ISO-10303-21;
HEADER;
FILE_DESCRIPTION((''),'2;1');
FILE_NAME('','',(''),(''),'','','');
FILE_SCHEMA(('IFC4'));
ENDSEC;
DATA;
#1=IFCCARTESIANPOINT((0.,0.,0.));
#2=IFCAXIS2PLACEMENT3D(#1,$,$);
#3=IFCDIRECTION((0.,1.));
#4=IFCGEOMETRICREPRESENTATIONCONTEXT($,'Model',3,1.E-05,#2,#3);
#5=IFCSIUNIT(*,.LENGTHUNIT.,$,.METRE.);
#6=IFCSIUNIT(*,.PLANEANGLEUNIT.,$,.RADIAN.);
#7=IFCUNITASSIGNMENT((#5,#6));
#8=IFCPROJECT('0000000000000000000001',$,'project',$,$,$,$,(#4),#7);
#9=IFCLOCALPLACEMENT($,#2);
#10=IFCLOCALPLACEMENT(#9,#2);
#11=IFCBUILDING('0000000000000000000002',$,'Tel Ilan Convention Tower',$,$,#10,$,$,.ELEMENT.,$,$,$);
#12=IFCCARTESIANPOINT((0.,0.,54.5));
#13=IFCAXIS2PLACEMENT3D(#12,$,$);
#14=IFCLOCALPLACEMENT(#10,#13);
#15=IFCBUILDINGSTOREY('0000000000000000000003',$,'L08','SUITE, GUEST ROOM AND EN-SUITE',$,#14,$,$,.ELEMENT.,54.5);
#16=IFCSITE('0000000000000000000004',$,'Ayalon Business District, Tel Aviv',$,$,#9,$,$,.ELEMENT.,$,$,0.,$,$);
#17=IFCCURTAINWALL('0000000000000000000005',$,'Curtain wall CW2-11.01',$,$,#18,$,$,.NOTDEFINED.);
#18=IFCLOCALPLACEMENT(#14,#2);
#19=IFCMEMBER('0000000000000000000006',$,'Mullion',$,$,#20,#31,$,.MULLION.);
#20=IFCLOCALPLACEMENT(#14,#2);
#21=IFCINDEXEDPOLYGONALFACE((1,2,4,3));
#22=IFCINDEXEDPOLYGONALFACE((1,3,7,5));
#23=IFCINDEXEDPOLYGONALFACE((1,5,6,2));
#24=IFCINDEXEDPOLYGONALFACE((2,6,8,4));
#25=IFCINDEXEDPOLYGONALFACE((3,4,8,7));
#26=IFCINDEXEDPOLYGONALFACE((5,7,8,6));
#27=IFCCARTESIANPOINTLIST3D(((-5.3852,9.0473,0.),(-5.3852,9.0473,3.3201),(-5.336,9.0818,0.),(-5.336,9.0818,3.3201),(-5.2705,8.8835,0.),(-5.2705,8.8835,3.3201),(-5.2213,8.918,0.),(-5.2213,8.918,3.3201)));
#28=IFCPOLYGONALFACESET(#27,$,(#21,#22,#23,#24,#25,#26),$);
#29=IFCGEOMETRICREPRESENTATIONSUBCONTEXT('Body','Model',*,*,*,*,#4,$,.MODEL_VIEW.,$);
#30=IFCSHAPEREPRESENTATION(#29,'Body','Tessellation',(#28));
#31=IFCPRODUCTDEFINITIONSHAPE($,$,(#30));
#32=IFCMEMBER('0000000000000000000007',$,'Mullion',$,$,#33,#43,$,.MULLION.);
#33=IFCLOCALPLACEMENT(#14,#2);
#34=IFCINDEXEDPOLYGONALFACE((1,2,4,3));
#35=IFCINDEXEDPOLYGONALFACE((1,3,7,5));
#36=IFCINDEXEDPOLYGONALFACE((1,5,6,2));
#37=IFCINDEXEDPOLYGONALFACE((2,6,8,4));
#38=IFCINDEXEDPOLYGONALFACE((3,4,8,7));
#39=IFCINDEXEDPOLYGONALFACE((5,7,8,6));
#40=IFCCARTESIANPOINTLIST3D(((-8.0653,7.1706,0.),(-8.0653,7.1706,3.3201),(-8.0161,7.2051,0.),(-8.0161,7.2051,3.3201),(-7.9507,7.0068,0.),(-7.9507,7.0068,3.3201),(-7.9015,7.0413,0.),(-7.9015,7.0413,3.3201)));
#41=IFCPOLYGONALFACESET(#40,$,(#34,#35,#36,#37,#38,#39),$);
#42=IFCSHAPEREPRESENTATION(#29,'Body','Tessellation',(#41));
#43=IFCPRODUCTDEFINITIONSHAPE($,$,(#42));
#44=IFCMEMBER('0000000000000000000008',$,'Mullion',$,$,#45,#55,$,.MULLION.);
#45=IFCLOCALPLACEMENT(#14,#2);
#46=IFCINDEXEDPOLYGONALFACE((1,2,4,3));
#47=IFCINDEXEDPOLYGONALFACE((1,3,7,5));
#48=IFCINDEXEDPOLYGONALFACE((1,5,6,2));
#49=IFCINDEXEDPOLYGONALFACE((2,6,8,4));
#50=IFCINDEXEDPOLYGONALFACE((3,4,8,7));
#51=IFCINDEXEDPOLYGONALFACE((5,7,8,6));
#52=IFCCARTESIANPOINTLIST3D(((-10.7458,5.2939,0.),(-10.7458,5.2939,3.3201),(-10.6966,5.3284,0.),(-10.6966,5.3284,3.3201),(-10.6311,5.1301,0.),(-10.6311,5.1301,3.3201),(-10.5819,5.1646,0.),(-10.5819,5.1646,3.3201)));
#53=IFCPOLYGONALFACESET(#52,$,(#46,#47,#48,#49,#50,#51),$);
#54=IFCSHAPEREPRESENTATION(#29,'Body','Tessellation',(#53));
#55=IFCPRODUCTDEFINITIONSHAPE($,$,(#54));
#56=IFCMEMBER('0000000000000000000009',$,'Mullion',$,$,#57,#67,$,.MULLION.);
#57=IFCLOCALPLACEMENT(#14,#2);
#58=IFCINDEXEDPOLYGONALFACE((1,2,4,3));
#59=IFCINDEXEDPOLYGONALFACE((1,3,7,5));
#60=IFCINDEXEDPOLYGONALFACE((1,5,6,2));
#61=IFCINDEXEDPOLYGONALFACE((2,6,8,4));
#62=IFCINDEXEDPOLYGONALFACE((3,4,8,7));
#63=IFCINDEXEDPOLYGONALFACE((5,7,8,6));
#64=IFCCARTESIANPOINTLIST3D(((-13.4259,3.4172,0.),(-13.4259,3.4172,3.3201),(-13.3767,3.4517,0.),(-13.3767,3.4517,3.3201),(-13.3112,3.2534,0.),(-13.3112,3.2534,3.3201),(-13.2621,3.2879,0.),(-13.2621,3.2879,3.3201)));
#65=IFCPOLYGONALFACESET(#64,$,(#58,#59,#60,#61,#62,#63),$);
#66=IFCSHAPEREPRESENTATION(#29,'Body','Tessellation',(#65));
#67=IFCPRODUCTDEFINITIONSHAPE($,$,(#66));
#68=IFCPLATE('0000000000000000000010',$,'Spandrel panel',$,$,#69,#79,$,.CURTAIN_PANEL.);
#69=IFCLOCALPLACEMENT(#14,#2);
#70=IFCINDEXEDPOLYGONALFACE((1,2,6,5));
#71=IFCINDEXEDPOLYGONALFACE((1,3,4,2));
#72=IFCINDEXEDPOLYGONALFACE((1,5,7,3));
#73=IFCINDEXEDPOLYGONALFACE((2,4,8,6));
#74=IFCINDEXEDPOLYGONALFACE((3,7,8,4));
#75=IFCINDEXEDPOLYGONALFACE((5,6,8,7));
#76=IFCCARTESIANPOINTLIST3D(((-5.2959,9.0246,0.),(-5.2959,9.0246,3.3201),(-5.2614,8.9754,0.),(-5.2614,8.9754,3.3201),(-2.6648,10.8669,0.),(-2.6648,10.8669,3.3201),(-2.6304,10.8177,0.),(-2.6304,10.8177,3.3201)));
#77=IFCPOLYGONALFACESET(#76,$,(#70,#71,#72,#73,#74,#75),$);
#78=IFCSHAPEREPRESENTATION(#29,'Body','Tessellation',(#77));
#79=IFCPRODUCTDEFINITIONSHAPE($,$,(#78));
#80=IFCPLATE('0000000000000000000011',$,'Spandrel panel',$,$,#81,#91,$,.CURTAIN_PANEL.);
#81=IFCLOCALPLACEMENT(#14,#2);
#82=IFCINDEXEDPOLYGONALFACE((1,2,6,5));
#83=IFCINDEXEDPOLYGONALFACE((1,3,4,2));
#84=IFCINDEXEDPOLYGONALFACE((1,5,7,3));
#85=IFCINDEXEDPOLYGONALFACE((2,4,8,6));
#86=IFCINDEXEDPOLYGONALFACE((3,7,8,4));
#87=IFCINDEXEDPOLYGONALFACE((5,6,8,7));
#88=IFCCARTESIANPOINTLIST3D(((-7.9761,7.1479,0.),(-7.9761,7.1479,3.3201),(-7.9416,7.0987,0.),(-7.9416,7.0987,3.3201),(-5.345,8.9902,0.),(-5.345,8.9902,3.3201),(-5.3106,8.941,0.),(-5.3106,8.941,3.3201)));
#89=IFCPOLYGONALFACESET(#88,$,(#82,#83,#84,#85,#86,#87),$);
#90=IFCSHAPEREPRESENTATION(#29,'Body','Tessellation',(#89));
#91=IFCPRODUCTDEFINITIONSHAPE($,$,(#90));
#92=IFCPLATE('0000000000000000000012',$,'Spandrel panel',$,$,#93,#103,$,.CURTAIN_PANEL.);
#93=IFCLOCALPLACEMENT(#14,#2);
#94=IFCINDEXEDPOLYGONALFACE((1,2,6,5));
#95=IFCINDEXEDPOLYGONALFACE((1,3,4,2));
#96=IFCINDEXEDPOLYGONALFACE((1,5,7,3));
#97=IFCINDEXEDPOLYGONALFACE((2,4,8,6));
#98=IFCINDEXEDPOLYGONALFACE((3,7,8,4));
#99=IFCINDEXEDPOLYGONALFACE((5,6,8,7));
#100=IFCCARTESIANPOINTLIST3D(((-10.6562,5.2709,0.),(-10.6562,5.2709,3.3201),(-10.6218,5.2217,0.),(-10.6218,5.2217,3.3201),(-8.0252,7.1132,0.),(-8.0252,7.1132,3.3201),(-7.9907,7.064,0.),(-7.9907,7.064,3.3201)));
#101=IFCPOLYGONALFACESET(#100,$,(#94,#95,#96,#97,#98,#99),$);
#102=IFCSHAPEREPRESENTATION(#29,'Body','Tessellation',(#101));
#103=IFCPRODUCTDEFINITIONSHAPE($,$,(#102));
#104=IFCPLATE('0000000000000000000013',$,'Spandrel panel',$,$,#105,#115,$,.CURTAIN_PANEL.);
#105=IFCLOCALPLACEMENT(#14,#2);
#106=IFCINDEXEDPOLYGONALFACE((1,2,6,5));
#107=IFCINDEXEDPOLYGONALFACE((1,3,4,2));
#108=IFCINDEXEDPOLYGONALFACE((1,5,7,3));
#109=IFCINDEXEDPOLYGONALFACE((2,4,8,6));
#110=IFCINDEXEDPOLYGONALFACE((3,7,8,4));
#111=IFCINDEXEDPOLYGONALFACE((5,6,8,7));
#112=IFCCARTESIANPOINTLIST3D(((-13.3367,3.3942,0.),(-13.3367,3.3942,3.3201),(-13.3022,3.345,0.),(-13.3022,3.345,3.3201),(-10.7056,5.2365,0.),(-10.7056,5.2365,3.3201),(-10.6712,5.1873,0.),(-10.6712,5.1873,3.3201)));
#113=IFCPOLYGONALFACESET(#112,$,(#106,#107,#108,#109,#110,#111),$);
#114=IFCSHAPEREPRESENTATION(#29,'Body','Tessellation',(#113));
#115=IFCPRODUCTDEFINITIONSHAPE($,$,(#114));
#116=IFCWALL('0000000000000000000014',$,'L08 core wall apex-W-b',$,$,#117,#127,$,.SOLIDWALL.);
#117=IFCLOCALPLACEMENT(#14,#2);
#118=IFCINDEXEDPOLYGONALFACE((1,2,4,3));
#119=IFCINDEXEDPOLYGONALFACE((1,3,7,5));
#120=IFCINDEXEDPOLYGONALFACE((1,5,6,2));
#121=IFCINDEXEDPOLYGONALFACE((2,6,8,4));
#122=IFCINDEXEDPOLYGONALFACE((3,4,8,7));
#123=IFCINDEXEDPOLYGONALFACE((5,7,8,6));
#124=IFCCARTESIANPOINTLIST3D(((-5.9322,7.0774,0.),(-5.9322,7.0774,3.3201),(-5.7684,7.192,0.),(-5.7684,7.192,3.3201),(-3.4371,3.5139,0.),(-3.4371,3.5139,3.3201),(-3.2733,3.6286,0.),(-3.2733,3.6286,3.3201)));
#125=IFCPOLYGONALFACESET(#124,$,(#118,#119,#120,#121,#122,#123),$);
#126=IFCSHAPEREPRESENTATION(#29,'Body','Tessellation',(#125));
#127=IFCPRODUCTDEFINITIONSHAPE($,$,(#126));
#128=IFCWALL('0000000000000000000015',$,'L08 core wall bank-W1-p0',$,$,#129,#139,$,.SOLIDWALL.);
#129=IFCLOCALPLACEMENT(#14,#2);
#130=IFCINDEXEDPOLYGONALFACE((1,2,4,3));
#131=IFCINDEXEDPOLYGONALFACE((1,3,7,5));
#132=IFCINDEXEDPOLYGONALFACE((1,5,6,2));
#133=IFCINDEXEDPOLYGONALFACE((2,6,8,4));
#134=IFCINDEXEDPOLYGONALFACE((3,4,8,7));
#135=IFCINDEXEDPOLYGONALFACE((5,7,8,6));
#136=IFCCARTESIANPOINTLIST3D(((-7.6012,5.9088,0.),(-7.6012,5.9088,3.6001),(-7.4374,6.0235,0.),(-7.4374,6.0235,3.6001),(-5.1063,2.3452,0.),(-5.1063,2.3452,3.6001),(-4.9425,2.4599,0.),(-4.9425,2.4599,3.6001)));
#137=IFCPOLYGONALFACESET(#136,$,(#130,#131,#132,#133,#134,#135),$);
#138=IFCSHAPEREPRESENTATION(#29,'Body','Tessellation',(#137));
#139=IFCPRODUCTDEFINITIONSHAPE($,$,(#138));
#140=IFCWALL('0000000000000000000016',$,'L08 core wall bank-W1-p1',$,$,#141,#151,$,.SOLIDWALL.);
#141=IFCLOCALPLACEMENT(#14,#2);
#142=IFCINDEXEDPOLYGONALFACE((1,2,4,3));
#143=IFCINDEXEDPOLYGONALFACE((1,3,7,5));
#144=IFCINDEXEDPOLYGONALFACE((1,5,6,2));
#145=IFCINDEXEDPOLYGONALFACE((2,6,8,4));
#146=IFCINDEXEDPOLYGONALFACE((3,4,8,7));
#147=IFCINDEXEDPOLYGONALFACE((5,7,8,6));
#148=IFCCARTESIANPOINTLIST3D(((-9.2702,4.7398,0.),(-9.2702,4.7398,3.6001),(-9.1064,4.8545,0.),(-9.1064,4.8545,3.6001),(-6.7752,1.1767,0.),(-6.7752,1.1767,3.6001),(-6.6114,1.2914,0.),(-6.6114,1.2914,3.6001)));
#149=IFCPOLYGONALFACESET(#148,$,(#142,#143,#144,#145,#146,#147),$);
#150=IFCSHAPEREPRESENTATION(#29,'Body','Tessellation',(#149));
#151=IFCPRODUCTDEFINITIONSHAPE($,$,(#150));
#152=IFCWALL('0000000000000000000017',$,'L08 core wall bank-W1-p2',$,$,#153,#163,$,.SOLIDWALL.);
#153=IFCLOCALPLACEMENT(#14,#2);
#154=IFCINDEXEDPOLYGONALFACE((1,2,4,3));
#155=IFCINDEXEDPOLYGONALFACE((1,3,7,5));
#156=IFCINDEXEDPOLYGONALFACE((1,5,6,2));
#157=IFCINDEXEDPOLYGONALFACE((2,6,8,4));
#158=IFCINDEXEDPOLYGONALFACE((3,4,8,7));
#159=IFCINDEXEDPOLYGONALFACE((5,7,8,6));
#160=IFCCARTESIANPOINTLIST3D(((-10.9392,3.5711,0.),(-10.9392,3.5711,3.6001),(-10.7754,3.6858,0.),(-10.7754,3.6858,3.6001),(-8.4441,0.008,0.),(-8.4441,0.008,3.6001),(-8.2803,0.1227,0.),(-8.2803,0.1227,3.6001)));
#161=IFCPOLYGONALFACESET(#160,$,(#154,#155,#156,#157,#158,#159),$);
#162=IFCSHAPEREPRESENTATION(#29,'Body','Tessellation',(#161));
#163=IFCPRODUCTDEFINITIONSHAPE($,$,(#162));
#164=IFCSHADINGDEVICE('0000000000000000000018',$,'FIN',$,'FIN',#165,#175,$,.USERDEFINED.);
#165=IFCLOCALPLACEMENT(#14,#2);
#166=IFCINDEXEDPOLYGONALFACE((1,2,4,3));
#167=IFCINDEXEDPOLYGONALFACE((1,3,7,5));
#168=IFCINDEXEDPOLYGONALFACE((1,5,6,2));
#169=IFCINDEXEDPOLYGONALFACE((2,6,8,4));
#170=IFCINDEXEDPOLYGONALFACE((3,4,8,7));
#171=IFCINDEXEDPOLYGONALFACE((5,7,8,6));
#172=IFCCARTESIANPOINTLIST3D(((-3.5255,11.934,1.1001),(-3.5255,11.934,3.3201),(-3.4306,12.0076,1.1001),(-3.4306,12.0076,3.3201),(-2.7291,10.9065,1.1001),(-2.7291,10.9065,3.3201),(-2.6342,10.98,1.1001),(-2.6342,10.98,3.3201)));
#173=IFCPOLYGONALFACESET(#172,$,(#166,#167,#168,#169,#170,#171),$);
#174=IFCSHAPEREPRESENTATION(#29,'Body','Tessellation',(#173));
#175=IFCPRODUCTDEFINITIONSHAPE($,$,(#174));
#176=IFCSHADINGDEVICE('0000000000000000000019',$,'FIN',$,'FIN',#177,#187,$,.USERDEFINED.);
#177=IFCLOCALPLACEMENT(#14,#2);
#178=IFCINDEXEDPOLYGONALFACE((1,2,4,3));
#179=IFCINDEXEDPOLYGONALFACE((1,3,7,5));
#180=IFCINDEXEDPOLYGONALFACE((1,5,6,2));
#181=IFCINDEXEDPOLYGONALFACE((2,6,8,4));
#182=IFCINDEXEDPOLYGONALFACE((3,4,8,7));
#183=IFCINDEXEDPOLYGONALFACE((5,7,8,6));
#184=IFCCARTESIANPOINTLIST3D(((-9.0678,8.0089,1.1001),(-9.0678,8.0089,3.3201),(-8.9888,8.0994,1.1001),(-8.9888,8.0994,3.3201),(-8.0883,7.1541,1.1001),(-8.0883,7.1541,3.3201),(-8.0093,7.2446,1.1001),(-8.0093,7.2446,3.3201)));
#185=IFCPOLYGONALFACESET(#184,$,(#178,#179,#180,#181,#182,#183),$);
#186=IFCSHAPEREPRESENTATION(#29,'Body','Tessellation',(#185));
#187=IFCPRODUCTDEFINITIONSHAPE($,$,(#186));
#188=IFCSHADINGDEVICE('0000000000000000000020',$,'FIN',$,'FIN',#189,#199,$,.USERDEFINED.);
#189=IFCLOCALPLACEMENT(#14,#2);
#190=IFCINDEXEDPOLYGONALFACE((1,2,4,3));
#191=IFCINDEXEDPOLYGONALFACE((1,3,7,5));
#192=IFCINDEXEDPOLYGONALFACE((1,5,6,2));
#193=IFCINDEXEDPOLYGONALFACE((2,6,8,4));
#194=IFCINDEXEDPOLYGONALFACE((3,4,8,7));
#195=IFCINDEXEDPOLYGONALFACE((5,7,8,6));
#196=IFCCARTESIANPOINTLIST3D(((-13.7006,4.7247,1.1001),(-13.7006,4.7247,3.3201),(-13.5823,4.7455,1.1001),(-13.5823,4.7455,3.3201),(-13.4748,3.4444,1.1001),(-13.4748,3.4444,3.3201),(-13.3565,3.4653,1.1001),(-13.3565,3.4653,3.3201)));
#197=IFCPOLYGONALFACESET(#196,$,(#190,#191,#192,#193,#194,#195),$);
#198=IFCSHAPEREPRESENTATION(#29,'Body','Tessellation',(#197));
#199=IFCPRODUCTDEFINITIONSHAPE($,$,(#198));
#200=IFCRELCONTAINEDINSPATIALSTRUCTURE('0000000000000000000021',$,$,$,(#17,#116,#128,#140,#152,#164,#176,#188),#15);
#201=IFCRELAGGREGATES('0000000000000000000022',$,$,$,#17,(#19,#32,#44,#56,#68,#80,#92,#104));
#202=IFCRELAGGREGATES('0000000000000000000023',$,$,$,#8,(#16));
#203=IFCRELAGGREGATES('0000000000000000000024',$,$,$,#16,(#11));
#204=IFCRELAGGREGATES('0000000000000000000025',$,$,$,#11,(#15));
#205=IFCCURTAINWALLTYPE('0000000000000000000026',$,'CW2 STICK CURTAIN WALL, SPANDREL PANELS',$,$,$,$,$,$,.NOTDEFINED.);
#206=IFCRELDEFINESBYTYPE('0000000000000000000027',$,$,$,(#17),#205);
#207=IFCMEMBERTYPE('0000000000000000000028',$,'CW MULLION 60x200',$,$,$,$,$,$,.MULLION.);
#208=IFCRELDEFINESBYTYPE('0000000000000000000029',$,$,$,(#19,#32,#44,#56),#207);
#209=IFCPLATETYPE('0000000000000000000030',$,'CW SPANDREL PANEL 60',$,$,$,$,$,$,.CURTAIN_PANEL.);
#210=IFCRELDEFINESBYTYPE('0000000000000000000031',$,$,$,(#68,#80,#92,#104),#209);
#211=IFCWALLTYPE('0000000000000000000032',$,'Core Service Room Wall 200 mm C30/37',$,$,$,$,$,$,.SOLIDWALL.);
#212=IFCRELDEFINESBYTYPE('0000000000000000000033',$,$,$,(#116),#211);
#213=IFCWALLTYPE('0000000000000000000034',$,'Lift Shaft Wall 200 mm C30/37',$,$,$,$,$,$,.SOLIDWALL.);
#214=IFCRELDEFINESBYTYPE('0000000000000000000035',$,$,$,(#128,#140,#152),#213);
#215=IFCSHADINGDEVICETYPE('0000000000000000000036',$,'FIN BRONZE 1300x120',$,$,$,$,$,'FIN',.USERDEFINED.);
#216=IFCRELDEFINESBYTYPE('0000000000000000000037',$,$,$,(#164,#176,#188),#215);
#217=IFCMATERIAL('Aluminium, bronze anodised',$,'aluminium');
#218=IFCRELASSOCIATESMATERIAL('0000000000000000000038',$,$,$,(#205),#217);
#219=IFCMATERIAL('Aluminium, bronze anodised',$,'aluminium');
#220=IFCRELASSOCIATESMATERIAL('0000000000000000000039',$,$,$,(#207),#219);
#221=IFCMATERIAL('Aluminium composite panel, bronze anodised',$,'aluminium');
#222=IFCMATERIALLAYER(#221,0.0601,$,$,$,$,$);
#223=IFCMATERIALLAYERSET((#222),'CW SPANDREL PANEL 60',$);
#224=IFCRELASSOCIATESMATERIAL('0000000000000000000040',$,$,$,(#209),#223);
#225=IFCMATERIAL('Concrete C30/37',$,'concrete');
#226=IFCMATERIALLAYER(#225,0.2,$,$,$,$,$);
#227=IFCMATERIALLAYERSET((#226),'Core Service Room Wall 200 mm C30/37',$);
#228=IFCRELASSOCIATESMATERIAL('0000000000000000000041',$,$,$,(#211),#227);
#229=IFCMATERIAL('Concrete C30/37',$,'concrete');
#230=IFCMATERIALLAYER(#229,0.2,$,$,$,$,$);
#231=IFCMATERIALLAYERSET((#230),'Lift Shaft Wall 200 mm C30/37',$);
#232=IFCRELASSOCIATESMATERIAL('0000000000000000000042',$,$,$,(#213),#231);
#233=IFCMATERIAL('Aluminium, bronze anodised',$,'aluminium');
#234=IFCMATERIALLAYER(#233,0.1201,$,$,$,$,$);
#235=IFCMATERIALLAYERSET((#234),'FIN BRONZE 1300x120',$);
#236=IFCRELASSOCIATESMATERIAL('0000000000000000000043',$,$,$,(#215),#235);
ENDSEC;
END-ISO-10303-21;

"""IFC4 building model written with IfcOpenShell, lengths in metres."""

from ifc_helpers import new_model, si_unit, direction, frame, frame_2d, origin, origin_2d, place, context, subcontext, project, spatial, rectangle, extrude, material, layer, layer_set, material_profile, profile_set, type_object, element, aggregate, save


model = new_model("IFC4")

# Units and contexts
model_context = context("Model", 3, precision=1e-05, world=origin(), true_north=direction((0.0, 1.0)))
body_context = subcontext(model_context, "Body", "Model", "MODEL_VIEW")
ifc_project = project(units=[si_unit("LENGTHUNIT", "METRE"), si_unit("PLANEANGLEUNIT", "RADIAN")], contexts=[model_context])

# Site, building, storey
site_placement = place(None, origin())
site = spatial("IfcSite", under=ifc_project, at=site_placement, Name="Ayalon Business District, Tel Aviv", CompositionType="ELEMENT", RefElevation=0.0)
building_placement = place(site_placement, origin())
building = spatial("IfcBuilding", under=site, at=building_placement, Name="Tel Ilan Convention Tower", CompositionType="ELEMENT")
storey_placement = place(building_placement, frame((0.0, 0.0, 54.5)))
storey = spatial("IfcBuildingStorey", under=building, at=storey_placement, Name="L08", Description="SUITE, GUEST ROOM AND EN-SUITE", CompositionType="ELEMENT", Elevation=54.5)

# Curtain wall, members, plates
ifc_material_1 = material(Name="Aluminium, bronze anodised", Category="aluminium")
curtain_wall_type = type_object("IfcCurtainWallType", Name="CW2 STICK CURTAIN WALL, SPANDREL PANELS", PredefinedType="NOTDEFINED", material=ifc_material_1)
curtain_wall_placement = place(storey_placement, origin())
curtain_wall = element("IfcCurtainWall", 1, at=curtain_wall_placement, inside=storey, type_object=curtain_wall_type, Name="Curtain wall CW2-11.01", PredefinedType="NOTDEFINED")
ifc_material_2 = material(Name="Aluminium, bronze anodised", Category="aluminium")
ifc_material_profile = material_profile(ifc_material_2, rectangle(XDim=0.0601, YDim=0.2, at=origin_2d()), Name="CW MULLION 60x200")
ifc_profile_set = profile_set([ifc_material_profile], Name="Aluminium, bronze anodised")
member_type = type_object("IfcMemberType", Name="CW MULLION 60x200", PredefinedType="MULLION", material=ifc_profile_set)
member_1_placement = place(storey_placement, frame((-5.3032, 8.9827, 0.0), z_axis=(0.0, 0.0, 1.0), x_axis=(-0.819152, -0.573576, 0.0)))
member_1 = element("IfcMember", 2, at=member_1_placement, type_object=member_type, Name="Mullion", PredefinedType="MULLION", context=body_context, shape_type="SweptSolid", body=[
    extrude(rectangle(XDim=0.0601, YDim=0.2, at=origin_2d()), origin(), (0.0, 0.0, 1.0), 3.3201),
])
member_2_placement = place(storey_placement, frame((-7.9834, 7.106, 0.0), z_axis=(0.0, 0.0, 1.0), x_axis=(-0.819152, -0.573576, 0.0)))
member_2 = element("IfcMember", 3, at=member_2_placement, type_object=member_type, Name="Mullion", PredefinedType="MULLION", context=body_context, shape_type="SweptSolid", body=[
    extrude(rectangle(XDim=0.0601, YDim=0.2, at=origin_2d()), origin(), (0.0, 0.0, 1.0), 3.3201),
])
member_3_placement = place(storey_placement, frame((-10.6638, 5.2292, 0.0), z_axis=(0.0, 0.0, 1.0), x_axis=(-0.819152, -0.573576, 0.0)))
member_3 = element("IfcMember", 4, at=member_3_placement, type_object=member_type, Name="Mullion", PredefinedType="MULLION", context=body_context, shape_type="SweptSolid", body=[
    extrude(rectangle(XDim=0.0601, YDim=0.2, at=origin_2d()), origin(), (0.0, 0.0, 1.0), 3.3201),
])
member_4_placement = place(storey_placement, frame((-13.344, 3.3525, 0.0), z_axis=(0.0, 0.0, 1.0), x_axis=(-0.819152, -0.573576, 0.0)))
member_4 = element("IfcMember", 5, at=member_4_placement, type_object=member_type, Name="Mullion", PredefinedType="MULLION", context=body_context, shape_type="SweptSolid", body=[
    extrude(rectangle(XDim=0.0601, YDim=0.2, at=origin_2d()), origin(), (0.0, 0.0, 1.0), 3.3201),
])
ifc_material_3 = material(Name="Aluminium composite panel, bronze anodised", Category="aluminium")
ifc_layer_1 = layer(ifc_material_3, 0.0601)
ifc_layer_set_1 = layer_set([ifc_layer_1], Name="CW SPANDREL PANEL 60")
plate_type = type_object("IfcPlateType", Name="CW SPANDREL PANEL 60", PredefinedType="CURTAIN_PANEL", material=ifc_layer_set_1)
plate_1_placement = place(storey_placement, frame((-3.9631, 9.9211, 0.0), z_axis=(0.0, 0.0, 1.0), x_axis=(-0.819152, -0.573576, 0.0)))
plate_1 = element("IfcPlate", 6, at=plate_1_placement, type_object=plate_type, Name="Spandrel panel", PredefinedType="CURTAIN_PANEL", context=body_context, shape_type="SweptSolid", body=[
    extrude(rectangle(XDim=3.2119, YDim=0.0601, at=origin_2d()), origin(), (0.0, 0.0, 1.0), 3.3201),
])
plate_2_placement = place(storey_placement, frame((-6.6433, 8.0444, 0.0), z_axis=(0.0, 0.0, 1.0), x_axis=(-0.819152, -0.573576, 0.0)))
plate_2 = element("IfcPlate", 7, at=plate_2_placement, type_object=plate_type, Name="Spandrel panel", PredefinedType="CURTAIN_PANEL", context=body_context, shape_type="SweptSolid", body=[
    extrude(rectangle(XDim=3.2119, YDim=0.0601, at=origin_2d()), origin(), (0.0, 0.0, 1.0), 3.3201),
])
plate_3_placement = place(storey_placement, frame((-9.3235, 6.1675, 0.0), z_axis=(0.0, 0.0, 1.0), x_axis=(-0.819152, -0.573576, 0.0)))
plate_3 = element("IfcPlate", 8, at=plate_3_placement, type_object=plate_type, Name="Spandrel panel", PredefinedType="CURTAIN_PANEL", context=body_context, shape_type="SweptSolid", body=[
    extrude(rectangle(XDim=3.2119, YDim=0.0601, at=origin_2d()), origin(), (0.0, 0.0, 1.0), 3.3201),
])
plate_4_placement = place(storey_placement, frame((-12.0039, 4.2908, 0.0), z_axis=(0.0, 0.0, 1.0), x_axis=(-0.819152, -0.573576, 0.0)))
plate_4 = element("IfcPlate", 9, at=plate_4_placement, type_object=plate_type, Name="Spandrel panel", PredefinedType="CURTAIN_PANEL", context=body_context, shape_type="SweptSolid", body=[
    extrude(rectangle(XDim=3.2119, YDim=0.0601, at=origin_2d()), origin(), (0.0, 0.0, 1.0), 3.3201),
])
aggregate(curtain_wall, [member_1, member_2, member_3, member_4, plate_1, plate_2, plate_3, plate_4])

# Walls
ifc_material_4 = material(Name="Concrete C30/37", Category="concrete")
ifc_layer_2 = layer(ifc_material_4, 0.2)
ifc_layer_set_2 = layer_set([ifc_layer_2], Name="Core Service Room Wall 200 mm C30/37")
wall_type_1 = type_object("IfcWallType", Name="Core Service Room Wall 200 mm C30/37", PredefinedType="SOLIDWALL", material=ifc_layer_set_2)
wall_1_placement = place(storey_placement, frame((-3.3552, 3.5713, 0.0), z_axis=(0.0, 0.0, 1.0), x_axis=(-0.573568, 0.819158, 0.0)))
element("IfcWall", 10, at=wall_1_placement, inside=storey, type_object=wall_type_1, Name="L08 core wall apex-W-b", PredefinedType="SOLIDWALL", context=body_context, shape_type="SweptSolid", body=[
    extrude(rectangle(XDim=4.3501, YDim=0.2, at=frame_2d((2.175, 0.0))), origin(), (0.0, 0.0, 1.0), 3.3201),
])
ifc_material_5 = material(Name="Concrete C30/37", Category="concrete")
ifc_layer_3 = layer(ifc_material_5, 0.2)
ifc_layer_set_3 = layer_set([ifc_layer_3], Name="Lift Shaft Wall 200 mm C30/37")
wall_type_2 = type_object("IfcWallType", Name="Lift Shaft Wall 200 mm C30/37", PredefinedType="SOLIDWALL", material=ifc_layer_set_3)
wall_2_placement = place(storey_placement, frame((-5.0244, 2.4026, 0.0), z_axis=(0.0, 0.0, 1.0), x_axis=(-0.57353, 0.819184, 0.0)))
element("IfcWall", 11, at=wall_2_placement, inside=storey, type_object=wall_type_2, Name="L08 core wall bank-W1-p0", PredefinedType="SOLIDWALL", context=body_context, shape_type="SweptSolid", body=[
    extrude(rectangle(XDim=4.3501, YDim=0.2, at=frame_2d((2.175, 0.0))), origin(), (0.0, 0.0, 1.0), 3.6001),
])
for number, where, z_axis, x_axis, name in (
    (12, (-6.6934, 1.2341, 0.0), (0.0, 0.0, 1.0), (-0.573594, 0.81914, 0.0), "L08 core wall bank-W1-p1"),
    (13, (-8.3623, 0.0654, 0.0), (0.0, 0.0, 1.0), (-0.573594, 0.81914, 0.0), "L08 core wall bank-W1-p2"),
):
    element("IfcWall", number, at=place(storey_placement, frame(where, z_axis=z_axis, x_axis=x_axis)), inside=storey, type_object=wall_type_2, Name=name, PredefinedType="SOLIDWALL", context=body_context, shape_type="SweptSolid", body=[
        extrude(rectangle(XDim=4.3499, YDim=0.2, at=frame_2d((2.1748, 0.0))), origin(), (0.0, 0.0, 1.0), 3.6001),
    ])

# Shading devices
ifc_material_6 = material(Name="Aluminium, bronze anodised", Category="aluminium")
ifc_layer_4 = layer(ifc_material_6, 0.1201)
ifc_layer_set_4 = layer_set([ifc_layer_4], Name="FIN BRONZE 1300x120")
shading_device_type = type_object("IfcShadingDeviceType", Name="FIN BRONZE 1300x120", ElementType="FIN", PredefinedType="USERDEFINED", material=ifc_layer_set_4)
for number, where, z_axis, x_axis, name in (
    (14, (-3.0798, 11.457, 1.1001), (0.0, 0.0, 1.0), (-0.612601, 0.790393, 0.0), "FIN"),
    (15, (-8.5386, 7.6267, 1.1001), (0.0, 0.0, 1.0), (-0.753436, 0.657521, 0.0), "FIN"),
    (16, (-13.5286, 4.095, 1.1001), (0.0, 0.0, 1.0), (-0.173648, 0.984808, 0.0), "FIN"),
):
    element("IfcShadingDevice", number, at=place(storey_placement, frame(where, z_axis=z_axis, x_axis=x_axis)), inside=storey, type_object=shading_device_type, Name=name, ObjectType="FIN", PredefinedType="USERDEFINED", context=body_context, shape_type="SweptSolid", body=[
        extrude(rectangle(XDim=1.3, YDim=0.1201, at=origin_2d()), origin(), (0.0, 0.0, 1.0), 2.22),
    ])

save(model, "model.ifc")
